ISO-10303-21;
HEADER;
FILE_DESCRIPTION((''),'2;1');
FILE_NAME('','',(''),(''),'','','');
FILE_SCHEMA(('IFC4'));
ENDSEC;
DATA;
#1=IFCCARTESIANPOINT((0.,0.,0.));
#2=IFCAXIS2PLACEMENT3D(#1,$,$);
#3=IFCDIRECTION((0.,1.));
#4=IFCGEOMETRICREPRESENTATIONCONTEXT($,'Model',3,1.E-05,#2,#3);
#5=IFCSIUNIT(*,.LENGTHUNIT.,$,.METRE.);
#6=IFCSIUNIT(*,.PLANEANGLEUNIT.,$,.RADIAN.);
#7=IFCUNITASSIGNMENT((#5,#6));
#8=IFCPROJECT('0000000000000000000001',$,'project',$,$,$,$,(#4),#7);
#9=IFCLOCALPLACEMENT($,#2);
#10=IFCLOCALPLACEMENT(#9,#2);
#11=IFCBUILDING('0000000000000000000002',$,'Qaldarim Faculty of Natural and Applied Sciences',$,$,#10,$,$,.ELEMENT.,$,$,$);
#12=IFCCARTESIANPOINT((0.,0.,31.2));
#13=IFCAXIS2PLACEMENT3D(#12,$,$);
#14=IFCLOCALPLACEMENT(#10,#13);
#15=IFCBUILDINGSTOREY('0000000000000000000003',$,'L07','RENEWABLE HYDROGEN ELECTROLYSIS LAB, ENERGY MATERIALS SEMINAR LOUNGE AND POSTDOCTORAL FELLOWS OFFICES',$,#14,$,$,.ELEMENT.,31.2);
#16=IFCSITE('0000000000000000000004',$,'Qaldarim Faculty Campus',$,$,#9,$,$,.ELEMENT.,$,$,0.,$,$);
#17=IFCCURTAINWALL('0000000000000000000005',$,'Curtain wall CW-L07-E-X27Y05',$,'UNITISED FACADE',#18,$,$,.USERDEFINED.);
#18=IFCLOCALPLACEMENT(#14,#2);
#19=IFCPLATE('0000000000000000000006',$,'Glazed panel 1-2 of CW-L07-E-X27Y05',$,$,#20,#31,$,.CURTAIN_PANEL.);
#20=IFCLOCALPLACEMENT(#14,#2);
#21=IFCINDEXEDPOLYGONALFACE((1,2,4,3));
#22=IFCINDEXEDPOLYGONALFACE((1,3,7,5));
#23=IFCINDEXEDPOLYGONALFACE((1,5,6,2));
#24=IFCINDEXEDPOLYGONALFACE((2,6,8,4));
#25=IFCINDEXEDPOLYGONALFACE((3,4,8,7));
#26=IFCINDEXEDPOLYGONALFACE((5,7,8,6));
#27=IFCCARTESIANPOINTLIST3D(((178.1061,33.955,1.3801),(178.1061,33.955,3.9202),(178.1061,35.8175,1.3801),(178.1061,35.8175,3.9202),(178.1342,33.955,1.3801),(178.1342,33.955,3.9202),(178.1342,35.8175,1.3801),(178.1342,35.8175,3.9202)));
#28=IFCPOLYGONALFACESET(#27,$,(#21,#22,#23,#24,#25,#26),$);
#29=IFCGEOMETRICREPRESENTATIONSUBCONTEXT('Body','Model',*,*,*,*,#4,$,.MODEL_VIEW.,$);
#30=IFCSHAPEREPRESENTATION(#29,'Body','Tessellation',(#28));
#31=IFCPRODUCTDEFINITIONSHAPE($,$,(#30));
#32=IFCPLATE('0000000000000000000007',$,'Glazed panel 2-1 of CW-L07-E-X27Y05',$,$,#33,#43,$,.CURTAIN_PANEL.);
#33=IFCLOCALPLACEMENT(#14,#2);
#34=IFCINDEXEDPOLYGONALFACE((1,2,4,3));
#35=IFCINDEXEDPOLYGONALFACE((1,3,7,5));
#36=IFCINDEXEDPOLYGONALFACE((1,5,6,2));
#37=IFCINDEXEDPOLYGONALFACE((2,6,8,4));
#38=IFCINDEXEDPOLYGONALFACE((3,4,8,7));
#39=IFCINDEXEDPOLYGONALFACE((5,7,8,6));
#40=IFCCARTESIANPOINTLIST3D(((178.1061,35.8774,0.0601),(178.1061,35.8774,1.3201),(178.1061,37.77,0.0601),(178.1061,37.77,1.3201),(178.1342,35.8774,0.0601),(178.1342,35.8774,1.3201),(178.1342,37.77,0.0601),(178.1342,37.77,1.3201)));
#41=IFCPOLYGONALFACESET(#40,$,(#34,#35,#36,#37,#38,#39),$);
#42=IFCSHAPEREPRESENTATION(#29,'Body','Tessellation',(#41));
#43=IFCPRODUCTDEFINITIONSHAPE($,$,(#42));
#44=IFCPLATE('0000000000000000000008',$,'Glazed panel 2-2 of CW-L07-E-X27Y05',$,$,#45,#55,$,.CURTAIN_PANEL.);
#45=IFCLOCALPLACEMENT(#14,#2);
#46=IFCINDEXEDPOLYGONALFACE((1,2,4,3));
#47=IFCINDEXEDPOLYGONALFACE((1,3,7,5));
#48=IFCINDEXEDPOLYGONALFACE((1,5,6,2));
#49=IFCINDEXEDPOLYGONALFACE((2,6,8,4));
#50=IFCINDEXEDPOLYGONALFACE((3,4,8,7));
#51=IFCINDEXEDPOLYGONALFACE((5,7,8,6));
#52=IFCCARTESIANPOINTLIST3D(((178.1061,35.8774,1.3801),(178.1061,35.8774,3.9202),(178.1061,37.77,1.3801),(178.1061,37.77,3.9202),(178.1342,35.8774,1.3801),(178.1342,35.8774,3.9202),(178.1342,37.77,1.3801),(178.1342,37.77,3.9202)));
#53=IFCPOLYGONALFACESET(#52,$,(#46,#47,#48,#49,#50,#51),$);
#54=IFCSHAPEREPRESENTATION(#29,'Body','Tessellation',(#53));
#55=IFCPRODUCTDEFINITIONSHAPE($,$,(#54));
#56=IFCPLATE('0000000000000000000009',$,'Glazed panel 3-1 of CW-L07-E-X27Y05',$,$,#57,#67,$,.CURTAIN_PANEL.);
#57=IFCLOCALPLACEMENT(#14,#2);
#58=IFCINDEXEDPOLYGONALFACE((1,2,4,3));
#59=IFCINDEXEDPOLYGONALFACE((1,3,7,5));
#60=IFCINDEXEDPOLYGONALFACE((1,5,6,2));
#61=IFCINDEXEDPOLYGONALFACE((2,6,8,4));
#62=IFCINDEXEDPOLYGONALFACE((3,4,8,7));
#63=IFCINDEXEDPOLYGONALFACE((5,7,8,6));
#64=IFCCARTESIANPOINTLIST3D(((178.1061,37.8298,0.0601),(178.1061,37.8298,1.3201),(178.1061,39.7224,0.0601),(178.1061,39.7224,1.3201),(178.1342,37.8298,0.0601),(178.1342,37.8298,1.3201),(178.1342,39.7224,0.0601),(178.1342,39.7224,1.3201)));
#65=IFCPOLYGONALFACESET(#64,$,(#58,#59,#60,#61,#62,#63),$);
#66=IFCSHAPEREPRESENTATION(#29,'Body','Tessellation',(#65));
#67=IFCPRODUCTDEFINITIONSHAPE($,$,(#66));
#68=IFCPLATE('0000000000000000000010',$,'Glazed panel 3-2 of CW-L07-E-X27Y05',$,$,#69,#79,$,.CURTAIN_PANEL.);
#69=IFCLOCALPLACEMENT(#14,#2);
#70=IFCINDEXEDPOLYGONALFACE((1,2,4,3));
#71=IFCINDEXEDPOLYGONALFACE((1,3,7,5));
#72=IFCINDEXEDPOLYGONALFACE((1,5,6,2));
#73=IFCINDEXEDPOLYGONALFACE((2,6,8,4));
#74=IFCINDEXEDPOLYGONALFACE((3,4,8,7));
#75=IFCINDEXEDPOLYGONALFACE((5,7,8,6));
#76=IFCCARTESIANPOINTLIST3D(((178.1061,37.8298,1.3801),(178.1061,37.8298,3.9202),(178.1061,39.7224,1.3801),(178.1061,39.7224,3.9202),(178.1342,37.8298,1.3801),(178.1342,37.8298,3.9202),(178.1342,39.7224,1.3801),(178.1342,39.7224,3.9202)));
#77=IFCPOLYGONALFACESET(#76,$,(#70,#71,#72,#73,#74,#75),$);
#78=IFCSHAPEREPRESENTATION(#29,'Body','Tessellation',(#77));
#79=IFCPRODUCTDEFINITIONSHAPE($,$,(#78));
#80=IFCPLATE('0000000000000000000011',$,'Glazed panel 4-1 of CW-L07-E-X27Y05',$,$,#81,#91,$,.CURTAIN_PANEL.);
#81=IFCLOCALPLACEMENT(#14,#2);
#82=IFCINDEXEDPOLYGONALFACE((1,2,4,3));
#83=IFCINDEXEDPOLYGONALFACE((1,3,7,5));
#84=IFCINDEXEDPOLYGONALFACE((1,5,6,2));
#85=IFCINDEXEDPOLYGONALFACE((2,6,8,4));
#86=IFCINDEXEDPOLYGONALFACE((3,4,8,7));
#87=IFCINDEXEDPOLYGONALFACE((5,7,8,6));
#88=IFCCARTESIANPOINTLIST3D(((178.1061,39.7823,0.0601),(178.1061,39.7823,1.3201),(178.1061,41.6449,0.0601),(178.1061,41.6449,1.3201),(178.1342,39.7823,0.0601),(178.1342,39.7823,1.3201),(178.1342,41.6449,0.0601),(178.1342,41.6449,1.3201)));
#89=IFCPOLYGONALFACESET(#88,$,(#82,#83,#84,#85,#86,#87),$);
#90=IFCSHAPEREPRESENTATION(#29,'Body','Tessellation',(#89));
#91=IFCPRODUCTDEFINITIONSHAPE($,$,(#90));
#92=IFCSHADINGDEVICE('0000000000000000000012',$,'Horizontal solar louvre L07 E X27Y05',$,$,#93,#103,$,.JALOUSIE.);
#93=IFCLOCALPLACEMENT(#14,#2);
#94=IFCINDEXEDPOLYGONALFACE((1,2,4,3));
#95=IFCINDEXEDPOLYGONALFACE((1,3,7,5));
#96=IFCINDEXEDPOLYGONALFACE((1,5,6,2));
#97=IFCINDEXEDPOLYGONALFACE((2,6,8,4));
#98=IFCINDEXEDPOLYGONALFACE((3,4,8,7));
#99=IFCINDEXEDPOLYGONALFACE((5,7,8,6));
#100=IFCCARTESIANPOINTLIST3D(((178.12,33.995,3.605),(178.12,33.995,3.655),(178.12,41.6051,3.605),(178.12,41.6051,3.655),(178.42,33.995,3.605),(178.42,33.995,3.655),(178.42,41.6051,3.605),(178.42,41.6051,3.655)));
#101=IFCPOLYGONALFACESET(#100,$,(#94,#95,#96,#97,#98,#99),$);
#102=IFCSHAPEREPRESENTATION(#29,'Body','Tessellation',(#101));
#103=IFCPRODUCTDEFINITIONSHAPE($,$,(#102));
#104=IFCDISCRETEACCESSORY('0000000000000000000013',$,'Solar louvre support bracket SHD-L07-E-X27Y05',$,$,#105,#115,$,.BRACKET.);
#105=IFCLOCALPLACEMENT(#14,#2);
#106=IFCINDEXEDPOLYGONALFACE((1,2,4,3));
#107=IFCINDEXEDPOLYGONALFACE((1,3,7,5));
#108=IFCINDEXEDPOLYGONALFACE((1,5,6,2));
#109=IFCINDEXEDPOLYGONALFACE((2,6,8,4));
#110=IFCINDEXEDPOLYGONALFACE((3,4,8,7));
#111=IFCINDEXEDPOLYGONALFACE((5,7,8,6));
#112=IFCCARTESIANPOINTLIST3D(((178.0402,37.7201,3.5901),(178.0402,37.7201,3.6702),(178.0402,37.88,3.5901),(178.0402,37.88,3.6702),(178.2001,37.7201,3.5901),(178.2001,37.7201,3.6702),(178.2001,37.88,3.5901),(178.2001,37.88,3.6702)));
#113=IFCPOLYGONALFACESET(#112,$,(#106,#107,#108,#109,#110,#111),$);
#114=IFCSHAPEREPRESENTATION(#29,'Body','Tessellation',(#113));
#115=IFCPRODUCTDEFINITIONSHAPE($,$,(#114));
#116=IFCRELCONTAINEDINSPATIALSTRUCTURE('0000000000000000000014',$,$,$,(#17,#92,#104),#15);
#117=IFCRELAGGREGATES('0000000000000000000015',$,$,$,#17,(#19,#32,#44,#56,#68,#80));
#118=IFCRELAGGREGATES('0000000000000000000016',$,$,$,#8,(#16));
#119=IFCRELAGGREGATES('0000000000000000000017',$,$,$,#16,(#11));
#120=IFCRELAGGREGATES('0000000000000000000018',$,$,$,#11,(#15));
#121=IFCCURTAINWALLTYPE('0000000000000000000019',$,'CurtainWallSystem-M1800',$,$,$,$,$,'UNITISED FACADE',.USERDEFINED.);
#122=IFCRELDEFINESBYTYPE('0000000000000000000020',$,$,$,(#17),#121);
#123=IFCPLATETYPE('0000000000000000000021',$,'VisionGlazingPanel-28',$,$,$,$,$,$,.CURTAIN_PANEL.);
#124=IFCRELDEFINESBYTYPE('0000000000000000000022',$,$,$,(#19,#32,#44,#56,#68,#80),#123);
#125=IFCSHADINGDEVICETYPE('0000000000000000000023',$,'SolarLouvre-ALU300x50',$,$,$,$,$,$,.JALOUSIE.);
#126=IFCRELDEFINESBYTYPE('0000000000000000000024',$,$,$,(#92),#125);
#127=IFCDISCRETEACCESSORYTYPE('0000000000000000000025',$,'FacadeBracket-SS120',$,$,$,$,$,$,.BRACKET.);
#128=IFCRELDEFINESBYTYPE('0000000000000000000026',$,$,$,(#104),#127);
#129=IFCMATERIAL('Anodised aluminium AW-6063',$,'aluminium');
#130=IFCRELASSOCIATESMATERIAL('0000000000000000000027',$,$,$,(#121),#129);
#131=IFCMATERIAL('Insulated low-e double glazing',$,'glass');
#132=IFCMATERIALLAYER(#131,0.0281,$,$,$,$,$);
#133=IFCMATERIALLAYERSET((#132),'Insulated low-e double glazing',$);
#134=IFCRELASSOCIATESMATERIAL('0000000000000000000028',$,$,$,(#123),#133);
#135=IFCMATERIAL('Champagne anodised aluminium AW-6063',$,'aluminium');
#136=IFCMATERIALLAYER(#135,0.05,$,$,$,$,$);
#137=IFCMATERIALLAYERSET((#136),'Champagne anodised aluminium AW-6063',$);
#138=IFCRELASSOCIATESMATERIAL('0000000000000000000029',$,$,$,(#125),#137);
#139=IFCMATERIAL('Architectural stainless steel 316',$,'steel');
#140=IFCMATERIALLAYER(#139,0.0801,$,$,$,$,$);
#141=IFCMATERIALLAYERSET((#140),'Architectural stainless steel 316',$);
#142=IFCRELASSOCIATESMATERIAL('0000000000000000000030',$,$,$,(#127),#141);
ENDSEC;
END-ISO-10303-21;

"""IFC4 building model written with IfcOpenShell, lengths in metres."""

from ifc_helpers import new_model, si_unit, direction, frame, origin, origin_2d, place, context, subcontext, project, spatial, rectangle, extrude, material, layer, layer_set, type_object, element, aggregate, save


model = new_model("IFC4")

# Units and contexts
model_context = context("Model", 3, precision=1e-05, world=origin(), true_north=direction((0.0, 1.0)))
body_context = subcontext(model_context, "Body", "Model", "MODEL_VIEW")
ifc_project = project(units=[si_unit("LENGTHUNIT", "METRE"), si_unit("PLANEANGLEUNIT", "RADIAN")], contexts=[model_context])

# Site, building, storey
site_placement = place(None, origin())
site = spatial("IfcSite", under=ifc_project, at=site_placement, Name="Qaldarim Faculty Campus", CompositionType="ELEMENT", RefElevation=0.0)
building_placement = place(site_placement, origin())
building = spatial("IfcBuilding", under=site, at=building_placement, Name="Qaldarim Faculty of Natural and Applied Sciences", CompositionType="ELEMENT")
storey_placement = place(building_placement, frame((0.0, 0.0, 31.2)))
storey = spatial("IfcBuildingStorey", under=building, at=storey_placement, Name="L07", Description="RENEWABLE HYDROGEN ELECTROLYSIS LAB, ENERGY MATERIALS SEMINAR LOUNGE AND POSTDOCTORAL FELLOWS OFFICES", CompositionType="ELEMENT", Elevation=31.2)

# Curtain wall, plates
ifc_material_1 = material(Name="Anodised aluminium AW-6063", Category="aluminium")
curtain_wall_type = type_object("IfcCurtainWallType", Name="CurtainWallSystem-M1800", ElementType="UNITISED FACADE", PredefinedType="USERDEFINED", material=ifc_material_1)
curtain_wall_placement = place(storey_placement, origin())
curtain_wall = element("IfcCurtainWall", 1, at=curtain_wall_placement, inside=storey, type_object=curtain_wall_type, Name="Curtain wall CW-L07-E-X27Y05", ObjectType="UNITISED FACADE", PredefinedType="USERDEFINED")
ifc_material_2 = material(Name="Insulated low-e double glazing", Category="glass")
ifc_layer_1 = layer(ifc_material_2, 0.0281)
ifc_layer_set_1 = layer_set([ifc_layer_1], Name="Insulated low-e double glazing")
plate_type = type_object("IfcPlateType", Name="VisionGlazingPanel-28", PredefinedType="CURTAIN_PANEL", material=ifc_layer_set_1)
plate_1_placement = place(storey_placement, frame((178.1201, 34.8862, 1.3801), z_axis=(0.0, 0.0, 1.0), x_axis=(0.0, 1.0, 0.0)))
plate_1 = element("IfcPlate", 2, at=plate_1_placement, type_object=plate_type, Name="Glazed panel 1-2 of CW-L07-E-X27Y05", PredefinedType="CURTAIN_PANEL", context=body_context, shape_type="SweptSolid", body=[
    extrude(rectangle(XDim=1.8625, YDim=0.0281, at=origin_2d()), origin(), (0.0, 0.0, 1.0), 2.54),
])
plate_2_placement = place(storey_placement, frame((178.1201, 36.8237, 0.0601), z_axis=(0.0, 0.0, 1.0), x_axis=(0.0, 1.0, 0.0)))
plate_2 = element("IfcPlate", 3, at=plate_2_placement, type_object=plate_type, Name="Glazed panel 2-1 of CW-L07-E-X27Y05", PredefinedType="CURTAIN_PANEL", context=body_context, shape_type="SweptSolid", body=[
    extrude(rectangle(XDim=1.8926, YDim=0.0281, at=origin_2d()), origin(), (0.0, 0.0, 1.0), 1.26),
])
plate_3_placement = place(storey_placement, frame((178.1201, 36.8237, 1.3801), z_axis=(0.0, 0.0, 1.0), x_axis=(0.0, 1.0, 0.0)))
plate_3 = element("IfcPlate", 4, at=plate_3_placement, type_object=plate_type, Name="Glazed panel 2-2 of CW-L07-E-X27Y05", PredefinedType="CURTAIN_PANEL", context=body_context, shape_type="SweptSolid", body=[
    extrude(rectangle(XDim=1.8926, YDim=0.0281, at=origin_2d()), origin(), (0.0, 0.0, 1.0), 2.54),
])
plate_4_placement = place(storey_placement, frame((178.1201, 38.7761, 0.0601), z_axis=(0.0, 0.0, 1.0), x_axis=(0.0, 1.0, 0.0)))
plate_4 = element("IfcPlate", 5, at=plate_4_placement, type_object=plate_type, Name="Glazed panel 3-1 of CW-L07-E-X27Y05", PredefinedType="CURTAIN_PANEL", context=body_context, shape_type="SweptSolid", body=[
    extrude(rectangle(XDim=1.8926, YDim=0.0281, at=origin_2d()), origin(), (0.0, 0.0, 1.0), 1.26),
])
plate_5_placement = place(storey_placement, frame((178.1201, 38.7761, 1.3801), z_axis=(0.0, 0.0, 1.0), x_axis=(0.0, 1.0, 0.0)))
plate_5 = element("IfcPlate", 6, at=plate_5_placement, type_object=plate_type, Name="Glazed panel 3-2 of CW-L07-E-X27Y05", PredefinedType="CURTAIN_PANEL", context=body_context, shape_type="SweptSolid", body=[
    extrude(rectangle(XDim=1.8926, YDim=0.0281, at=origin_2d()), origin(), (0.0, 0.0, 1.0), 2.54),
])
plate_6_placement = place(storey_placement, frame((178.1201, 40.7136, 0.0601), z_axis=(0.0, 0.0, 1.0), x_axis=(0.0, 1.0, 0.0)))
plate_6 = element("IfcPlate", 7, at=plate_6_placement, type_object=plate_type, Name="Glazed panel 4-1 of CW-L07-E-X27Y05", PredefinedType="CURTAIN_PANEL", context=body_context, shape_type="SweptSolid", body=[
    extrude(rectangle(XDim=1.8625, YDim=0.0281, at=origin_2d()), origin(), (0.0, 0.0, 1.0), 1.26),
])
aggregate(curtain_wall, [plate_1, plate_2, plate_3, plate_4, plate_5, plate_6])

# Shading device
ifc_material_3 = material(Name="Champagne anodised aluminium AW-6063", Category="aluminium")
ifc_layer_2 = layer(ifc_material_3, 0.05)
ifc_layer_set_2 = layer_set([ifc_layer_2], Name="Champagne anodised aluminium AW-6063")
shading_device_type = type_object("IfcShadingDeviceType", Name="SolarLouvre-ALU300x50", PredefinedType="JALOUSIE", material=ifc_layer_set_2)
shading_device_placement = place(storey_placement, frame((178.27, 37.8, 3.605), z_axis=(0.0, 0.0, 1.0), x_axis=(0.0, 1.0, 0.0)))
element("IfcShadingDevice", 8, at=shading_device_placement, inside=storey, type_object=shading_device_type, Name="Horizontal solar louvre L07 E X27Y05", PredefinedType="JALOUSIE", context=body_context, shape_type="SweptSolid", body=[
    extrude(rectangle(XDim=7.6101, YDim=0.3, at=origin_2d()), origin(), (0.0, 0.0, 1.0), 0.05),
])

# Discrete accessory
ifc_material_4 = material(Name="Architectural stainless steel 316", Category="steel")
ifc_layer_3 = layer(ifc_material_4, 0.0801)
ifc_layer_set_3 = layer_set([ifc_layer_3], Name="Architectural stainless steel 316")
discrete_accessory_type = type_object("IfcDiscreteAccessoryType", Name="FacadeBracket-SS120", PredefinedType="BRACKET", material=ifc_layer_set_3)
discrete_accessory_placement = place(storey_placement, frame((178.1201, 37.8, 3.5901), z_axis=(0.0, 0.0, 1.0), x_axis=(0.0, 1.0, 0.0)))
element("IfcDiscreteAccessory", 9, at=discrete_accessory_placement, inside=storey, type_object=discrete_accessory_type, Name="Solar louvre support bracket SHD-L07-E-X27Y05", PredefinedType="BRACKET", context=body_context, shape_type="SweptSolid", body=[
    extrude(rectangle(XDim=0.1599, YDim=0.1599, at=origin_2d()), origin(), (0.0, 0.0, 1.0), 0.0801),
])

save(model, "model.ifc")
